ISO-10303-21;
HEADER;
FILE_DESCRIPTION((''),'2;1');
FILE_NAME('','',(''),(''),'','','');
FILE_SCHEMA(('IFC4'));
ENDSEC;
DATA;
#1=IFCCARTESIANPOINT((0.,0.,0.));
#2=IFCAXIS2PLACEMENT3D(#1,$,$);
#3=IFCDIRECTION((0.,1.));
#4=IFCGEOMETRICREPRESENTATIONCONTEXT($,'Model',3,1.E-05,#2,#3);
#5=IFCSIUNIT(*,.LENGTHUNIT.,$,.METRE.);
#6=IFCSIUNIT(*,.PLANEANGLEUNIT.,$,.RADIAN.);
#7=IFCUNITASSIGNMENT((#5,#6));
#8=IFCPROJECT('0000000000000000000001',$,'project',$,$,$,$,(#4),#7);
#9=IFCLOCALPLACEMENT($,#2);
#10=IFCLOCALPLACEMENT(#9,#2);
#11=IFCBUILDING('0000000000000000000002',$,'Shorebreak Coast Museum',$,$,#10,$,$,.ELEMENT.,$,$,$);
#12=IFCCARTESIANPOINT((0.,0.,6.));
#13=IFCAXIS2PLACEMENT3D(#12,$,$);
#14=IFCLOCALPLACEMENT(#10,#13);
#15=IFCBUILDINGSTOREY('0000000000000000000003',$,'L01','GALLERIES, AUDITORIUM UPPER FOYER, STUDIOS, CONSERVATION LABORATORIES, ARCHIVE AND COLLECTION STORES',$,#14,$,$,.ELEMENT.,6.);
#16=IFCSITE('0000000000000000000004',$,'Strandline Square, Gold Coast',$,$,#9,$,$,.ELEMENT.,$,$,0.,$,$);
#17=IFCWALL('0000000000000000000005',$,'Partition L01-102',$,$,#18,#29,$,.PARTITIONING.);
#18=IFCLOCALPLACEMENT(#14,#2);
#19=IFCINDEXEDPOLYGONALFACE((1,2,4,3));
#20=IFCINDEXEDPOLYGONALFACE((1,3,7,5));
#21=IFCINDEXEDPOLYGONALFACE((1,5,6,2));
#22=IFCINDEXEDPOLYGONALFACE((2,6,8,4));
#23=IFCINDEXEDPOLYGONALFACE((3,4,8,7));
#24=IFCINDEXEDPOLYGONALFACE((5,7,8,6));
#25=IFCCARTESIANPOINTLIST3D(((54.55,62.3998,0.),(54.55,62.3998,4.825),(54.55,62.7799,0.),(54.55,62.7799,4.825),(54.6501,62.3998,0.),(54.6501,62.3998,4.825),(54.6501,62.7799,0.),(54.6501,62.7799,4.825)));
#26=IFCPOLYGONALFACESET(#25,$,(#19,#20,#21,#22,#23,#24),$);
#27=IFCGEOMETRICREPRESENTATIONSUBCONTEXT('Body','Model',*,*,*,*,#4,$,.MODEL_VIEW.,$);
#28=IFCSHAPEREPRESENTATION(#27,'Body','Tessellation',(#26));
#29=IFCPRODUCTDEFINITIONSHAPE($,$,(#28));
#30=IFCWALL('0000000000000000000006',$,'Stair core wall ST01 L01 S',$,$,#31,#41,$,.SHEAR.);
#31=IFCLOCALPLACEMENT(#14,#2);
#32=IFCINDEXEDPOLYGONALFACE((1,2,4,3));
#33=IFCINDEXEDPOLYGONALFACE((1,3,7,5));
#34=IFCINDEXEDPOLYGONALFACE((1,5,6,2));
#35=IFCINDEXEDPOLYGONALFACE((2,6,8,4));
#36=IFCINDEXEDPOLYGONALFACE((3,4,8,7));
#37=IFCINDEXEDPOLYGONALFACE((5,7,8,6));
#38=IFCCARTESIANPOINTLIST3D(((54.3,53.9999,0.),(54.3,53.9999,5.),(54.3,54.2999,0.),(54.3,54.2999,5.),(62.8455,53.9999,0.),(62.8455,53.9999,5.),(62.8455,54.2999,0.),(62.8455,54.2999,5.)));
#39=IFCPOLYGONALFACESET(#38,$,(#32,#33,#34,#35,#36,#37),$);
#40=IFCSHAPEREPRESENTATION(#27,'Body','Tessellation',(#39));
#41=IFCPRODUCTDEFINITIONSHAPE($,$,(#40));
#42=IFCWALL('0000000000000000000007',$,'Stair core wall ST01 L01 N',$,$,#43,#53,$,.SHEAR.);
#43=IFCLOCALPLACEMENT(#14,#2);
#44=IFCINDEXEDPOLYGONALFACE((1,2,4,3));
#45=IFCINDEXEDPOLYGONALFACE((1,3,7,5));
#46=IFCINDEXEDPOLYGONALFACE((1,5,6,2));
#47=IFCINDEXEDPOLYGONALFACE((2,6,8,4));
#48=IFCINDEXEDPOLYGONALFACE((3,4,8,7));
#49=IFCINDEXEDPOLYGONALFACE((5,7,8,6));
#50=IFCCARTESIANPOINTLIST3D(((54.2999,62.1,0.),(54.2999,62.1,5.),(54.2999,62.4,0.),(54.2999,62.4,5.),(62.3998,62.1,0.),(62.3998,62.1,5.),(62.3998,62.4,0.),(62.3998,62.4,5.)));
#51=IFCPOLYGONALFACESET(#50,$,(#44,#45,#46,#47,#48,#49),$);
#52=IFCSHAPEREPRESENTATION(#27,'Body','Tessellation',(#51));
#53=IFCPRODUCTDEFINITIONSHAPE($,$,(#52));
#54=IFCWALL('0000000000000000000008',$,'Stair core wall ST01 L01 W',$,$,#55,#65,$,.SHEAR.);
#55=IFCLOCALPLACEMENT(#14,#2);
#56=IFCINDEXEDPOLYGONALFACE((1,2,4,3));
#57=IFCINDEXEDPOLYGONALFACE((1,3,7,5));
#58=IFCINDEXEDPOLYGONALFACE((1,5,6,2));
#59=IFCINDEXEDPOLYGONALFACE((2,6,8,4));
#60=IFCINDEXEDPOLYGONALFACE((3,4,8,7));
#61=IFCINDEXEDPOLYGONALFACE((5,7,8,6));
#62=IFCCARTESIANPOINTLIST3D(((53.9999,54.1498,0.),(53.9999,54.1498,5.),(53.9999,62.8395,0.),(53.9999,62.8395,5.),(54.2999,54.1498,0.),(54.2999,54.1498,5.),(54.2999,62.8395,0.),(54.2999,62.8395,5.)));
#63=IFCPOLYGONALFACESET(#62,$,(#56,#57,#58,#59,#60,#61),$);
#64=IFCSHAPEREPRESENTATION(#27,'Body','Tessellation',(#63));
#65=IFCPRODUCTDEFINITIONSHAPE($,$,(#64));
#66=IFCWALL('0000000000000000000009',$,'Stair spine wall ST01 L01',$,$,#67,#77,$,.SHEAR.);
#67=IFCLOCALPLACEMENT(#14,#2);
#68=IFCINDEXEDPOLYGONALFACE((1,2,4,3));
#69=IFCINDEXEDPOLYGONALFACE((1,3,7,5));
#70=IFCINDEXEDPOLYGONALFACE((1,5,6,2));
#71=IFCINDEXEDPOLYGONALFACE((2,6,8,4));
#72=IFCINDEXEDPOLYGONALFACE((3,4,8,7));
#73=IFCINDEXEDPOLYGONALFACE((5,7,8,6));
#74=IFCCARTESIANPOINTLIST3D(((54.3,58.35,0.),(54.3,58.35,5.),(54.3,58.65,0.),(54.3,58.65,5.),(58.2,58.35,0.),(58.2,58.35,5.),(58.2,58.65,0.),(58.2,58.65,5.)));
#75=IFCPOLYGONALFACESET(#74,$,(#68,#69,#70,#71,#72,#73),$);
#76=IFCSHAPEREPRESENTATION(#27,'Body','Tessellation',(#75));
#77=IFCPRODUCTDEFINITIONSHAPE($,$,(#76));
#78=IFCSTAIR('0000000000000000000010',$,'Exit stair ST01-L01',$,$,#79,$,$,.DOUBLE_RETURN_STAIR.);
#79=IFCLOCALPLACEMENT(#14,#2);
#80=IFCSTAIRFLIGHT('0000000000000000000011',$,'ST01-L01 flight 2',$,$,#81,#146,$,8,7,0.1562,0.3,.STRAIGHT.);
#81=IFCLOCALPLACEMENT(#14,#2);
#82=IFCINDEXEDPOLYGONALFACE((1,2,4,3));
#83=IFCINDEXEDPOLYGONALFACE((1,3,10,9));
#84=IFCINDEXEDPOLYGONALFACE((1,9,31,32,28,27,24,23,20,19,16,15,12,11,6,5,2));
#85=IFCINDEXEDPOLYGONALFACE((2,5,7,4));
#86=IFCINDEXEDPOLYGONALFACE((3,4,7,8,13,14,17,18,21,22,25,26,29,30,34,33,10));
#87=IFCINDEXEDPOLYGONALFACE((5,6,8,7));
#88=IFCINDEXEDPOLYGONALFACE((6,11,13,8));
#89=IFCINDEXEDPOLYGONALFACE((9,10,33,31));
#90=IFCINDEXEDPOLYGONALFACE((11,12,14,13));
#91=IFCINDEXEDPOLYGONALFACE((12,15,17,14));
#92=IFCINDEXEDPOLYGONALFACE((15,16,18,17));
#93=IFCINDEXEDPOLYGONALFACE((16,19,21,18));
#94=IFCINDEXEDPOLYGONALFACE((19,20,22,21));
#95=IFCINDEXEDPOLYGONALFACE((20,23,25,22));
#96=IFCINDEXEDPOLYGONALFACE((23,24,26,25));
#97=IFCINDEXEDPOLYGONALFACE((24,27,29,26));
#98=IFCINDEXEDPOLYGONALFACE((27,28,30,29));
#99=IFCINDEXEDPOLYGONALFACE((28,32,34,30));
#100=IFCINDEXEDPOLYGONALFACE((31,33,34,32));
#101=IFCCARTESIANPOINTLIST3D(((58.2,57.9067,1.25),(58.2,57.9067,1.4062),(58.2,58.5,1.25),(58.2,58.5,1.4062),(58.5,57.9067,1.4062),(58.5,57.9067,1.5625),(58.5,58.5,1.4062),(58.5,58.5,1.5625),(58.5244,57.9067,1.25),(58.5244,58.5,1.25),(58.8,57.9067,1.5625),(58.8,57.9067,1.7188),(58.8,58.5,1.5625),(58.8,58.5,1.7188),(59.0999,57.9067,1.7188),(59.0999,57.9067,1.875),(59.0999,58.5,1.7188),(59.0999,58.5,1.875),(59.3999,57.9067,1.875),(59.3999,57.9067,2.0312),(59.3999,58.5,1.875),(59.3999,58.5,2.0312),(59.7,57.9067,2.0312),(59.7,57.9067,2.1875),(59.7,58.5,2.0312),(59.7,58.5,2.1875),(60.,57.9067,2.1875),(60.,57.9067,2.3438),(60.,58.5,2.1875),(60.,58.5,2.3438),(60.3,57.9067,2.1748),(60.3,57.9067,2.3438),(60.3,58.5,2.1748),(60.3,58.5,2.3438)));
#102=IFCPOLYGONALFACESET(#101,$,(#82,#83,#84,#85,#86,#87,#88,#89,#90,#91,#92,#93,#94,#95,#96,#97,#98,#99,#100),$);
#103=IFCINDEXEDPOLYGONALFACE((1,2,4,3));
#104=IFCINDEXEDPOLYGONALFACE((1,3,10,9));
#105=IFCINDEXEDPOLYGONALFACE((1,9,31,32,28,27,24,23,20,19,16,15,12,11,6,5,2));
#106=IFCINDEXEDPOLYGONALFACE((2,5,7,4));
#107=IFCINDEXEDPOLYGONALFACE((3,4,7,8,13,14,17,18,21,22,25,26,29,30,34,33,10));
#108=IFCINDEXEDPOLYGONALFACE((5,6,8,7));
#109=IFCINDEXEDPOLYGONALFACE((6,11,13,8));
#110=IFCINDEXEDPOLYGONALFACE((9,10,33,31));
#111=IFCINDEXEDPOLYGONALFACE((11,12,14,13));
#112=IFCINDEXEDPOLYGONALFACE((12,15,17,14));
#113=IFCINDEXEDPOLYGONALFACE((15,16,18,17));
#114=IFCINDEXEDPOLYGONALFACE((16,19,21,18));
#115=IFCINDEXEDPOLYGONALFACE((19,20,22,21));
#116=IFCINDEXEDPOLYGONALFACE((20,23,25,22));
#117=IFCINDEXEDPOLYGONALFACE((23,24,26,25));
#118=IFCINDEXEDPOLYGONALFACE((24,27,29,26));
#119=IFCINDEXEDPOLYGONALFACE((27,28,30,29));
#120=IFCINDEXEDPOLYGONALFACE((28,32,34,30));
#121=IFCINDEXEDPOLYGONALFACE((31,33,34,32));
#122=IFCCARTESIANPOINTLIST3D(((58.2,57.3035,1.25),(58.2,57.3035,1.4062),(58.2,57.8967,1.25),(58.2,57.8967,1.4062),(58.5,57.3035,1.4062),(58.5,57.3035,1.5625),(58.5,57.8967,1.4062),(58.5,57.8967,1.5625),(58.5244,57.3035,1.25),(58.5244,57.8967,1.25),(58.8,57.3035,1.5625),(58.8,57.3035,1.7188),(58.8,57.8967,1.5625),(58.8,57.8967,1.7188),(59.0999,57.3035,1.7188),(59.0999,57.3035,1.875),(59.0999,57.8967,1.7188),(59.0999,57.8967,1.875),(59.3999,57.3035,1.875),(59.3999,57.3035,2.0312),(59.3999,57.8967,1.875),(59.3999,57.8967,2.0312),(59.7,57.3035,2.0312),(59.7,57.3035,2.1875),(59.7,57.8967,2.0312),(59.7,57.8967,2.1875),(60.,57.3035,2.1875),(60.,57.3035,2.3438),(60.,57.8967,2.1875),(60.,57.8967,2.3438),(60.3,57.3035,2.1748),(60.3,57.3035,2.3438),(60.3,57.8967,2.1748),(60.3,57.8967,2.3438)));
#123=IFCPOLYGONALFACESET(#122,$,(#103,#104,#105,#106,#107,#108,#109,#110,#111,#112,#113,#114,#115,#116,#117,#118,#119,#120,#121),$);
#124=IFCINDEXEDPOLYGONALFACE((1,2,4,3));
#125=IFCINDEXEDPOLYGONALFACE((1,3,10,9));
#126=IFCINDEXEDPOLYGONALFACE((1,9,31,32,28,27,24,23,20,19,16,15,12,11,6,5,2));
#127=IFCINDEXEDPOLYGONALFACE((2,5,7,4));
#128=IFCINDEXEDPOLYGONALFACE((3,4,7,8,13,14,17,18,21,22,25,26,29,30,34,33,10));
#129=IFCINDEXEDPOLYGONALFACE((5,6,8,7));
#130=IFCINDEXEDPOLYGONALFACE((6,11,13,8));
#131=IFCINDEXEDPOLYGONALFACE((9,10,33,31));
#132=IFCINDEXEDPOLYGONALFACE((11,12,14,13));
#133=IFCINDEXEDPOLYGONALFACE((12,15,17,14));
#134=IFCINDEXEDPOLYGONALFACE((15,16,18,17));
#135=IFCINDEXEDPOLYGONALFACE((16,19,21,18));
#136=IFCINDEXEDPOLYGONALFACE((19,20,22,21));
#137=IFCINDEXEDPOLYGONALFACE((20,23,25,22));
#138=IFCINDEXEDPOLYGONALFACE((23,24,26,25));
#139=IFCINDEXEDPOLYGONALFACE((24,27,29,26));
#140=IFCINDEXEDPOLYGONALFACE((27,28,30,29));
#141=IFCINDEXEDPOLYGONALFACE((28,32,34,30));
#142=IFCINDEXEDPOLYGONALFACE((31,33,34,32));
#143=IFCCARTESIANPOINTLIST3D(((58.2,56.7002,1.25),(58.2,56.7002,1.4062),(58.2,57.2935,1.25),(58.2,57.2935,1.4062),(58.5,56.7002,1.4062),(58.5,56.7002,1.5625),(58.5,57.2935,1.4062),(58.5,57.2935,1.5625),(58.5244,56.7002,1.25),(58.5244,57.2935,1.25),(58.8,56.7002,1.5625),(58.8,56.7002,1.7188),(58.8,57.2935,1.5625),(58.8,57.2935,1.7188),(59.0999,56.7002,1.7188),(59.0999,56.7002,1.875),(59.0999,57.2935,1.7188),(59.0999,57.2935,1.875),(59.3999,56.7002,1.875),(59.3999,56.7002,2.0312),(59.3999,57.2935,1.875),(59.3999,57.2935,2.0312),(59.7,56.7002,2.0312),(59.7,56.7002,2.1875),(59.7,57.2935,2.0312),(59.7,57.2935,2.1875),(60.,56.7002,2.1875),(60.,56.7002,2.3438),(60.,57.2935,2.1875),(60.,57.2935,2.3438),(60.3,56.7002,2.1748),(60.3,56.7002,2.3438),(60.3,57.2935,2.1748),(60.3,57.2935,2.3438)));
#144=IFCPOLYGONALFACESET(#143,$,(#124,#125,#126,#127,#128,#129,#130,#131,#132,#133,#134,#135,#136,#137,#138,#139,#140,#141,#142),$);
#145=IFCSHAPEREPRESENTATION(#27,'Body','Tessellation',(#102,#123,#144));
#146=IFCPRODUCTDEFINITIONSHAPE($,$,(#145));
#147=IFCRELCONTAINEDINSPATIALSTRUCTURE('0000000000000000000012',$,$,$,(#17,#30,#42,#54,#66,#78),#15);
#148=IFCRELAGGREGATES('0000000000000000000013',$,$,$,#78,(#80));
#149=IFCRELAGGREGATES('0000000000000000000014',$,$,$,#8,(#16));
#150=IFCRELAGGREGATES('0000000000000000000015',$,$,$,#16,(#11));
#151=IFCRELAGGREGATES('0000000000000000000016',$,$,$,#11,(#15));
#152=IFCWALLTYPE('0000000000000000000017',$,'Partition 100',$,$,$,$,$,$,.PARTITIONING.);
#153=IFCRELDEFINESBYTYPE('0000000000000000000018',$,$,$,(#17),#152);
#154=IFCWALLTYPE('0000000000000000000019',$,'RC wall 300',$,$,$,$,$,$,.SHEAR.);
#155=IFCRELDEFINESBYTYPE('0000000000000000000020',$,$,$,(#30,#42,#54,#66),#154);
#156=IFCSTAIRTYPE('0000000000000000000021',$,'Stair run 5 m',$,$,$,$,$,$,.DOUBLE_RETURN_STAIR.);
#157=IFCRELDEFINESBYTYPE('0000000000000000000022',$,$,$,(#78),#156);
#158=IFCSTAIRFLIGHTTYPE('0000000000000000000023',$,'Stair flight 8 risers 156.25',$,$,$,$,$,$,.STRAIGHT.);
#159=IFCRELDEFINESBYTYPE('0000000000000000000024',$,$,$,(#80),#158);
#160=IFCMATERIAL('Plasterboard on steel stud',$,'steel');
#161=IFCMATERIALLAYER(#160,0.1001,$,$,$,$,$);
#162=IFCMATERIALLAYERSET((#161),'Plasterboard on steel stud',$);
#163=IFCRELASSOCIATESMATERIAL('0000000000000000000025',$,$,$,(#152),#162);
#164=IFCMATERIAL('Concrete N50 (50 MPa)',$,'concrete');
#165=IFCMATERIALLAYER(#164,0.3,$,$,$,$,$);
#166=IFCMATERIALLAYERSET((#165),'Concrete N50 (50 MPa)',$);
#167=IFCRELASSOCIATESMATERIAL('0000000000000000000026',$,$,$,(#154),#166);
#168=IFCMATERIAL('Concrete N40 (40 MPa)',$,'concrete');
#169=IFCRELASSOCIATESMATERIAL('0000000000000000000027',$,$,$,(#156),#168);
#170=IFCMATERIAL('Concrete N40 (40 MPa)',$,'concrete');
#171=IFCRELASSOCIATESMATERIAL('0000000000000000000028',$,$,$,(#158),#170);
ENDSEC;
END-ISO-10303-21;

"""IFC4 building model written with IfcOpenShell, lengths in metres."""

from ifc_helpers import new_model, si_unit, direction, frame, frame_2d, origin, place, context, subcontext, project, spatial, polyline, rectangle, outline, extrude, material, layer, layer_set, type_object, element, aggregate, save


model = new_model("IFC4")

# Units and contexts
model_context = context("Model", 3, precision=1e-05, world=origin(), true_north=direction((0.0, 1.0)))
body_context = subcontext(model_context, "Body", "Model", "MODEL_VIEW")
ifc_project = project(units=[si_unit("LENGTHUNIT", "METRE"), si_unit("PLANEANGLEUNIT", "RADIAN")], contexts=[model_context])

# Site, building, storey
site_placement = place(None, origin())
site = spatial("IfcSite", under=ifc_project, at=site_placement, Name="Strandline Square, Gold Coast", CompositionType="ELEMENT", RefElevation=0.0)
building_placement = place(site_placement, origin())
building = spatial("IfcBuilding", under=site, at=building_placement, Name="Shorebreak Coast Museum", CompositionType="ELEMENT")
storey_placement = place(building_placement, frame((0.0, 0.0, 6.0)))
storey = spatial("IfcBuildingStorey", under=building, at=storey_placement, Name="L01", Description="GALLERIES, AUDITORIUM UPPER FOYER, STUDIOS, CONSERVATION LABORATORIES, ARCHIVE AND COLLECTION STORES", CompositionType="ELEMENT", Elevation=6.0)

# Walls
ifc_material_1 = material(Name="Plasterboard on steel stud", Category="steel")
ifc_layer_1 = layer(ifc_material_1, 0.1001)
ifc_layer_set_1 = layer_set([ifc_layer_1], Name="Plasterboard on steel stud")
wall_type_1 = type_object("IfcWallType", Name="Partition 100", PredefinedType="PARTITIONING", material=ifc_layer_set_1)
wall_1_placement = place(storey_placement, frame((54.6001, 62.3999, 0.0), z_axis=(0.0, 0.0, 1.0), x_axis=(0.0, 1.0, 0.0)))
element("IfcWall", 1, at=wall_1_placement, inside=storey, type_object=wall_type_1, Name="Partition L01-102", PredefinedType="PARTITIONING", context=body_context, shape_type="SweptSolid", body=[
    extrude(rectangle(XDim=0.3801, YDim=0.1001, at=frame_2d((0.1899, 0.0))), origin(), (0.0, 0.0, 1.0), 4.825),
])
ifc_material_2 = material(Name="Concrete N50 (50 MPa)", Category="concrete")
ifc_layer_2 = layer(ifc_material_2, 0.3)
ifc_layer_set_2 = layer_set([ifc_layer_2], Name="Concrete N50 (50 MPa)")
wall_type_2 = type_object("IfcWallType", Name="RC wall 300", PredefinedType="SHEAR", material=ifc_layer_set_2)
wall_2_placement = place(storey_placement, frame((54.3, 54.1499, 0.0), z_axis=(0.0, 0.0, 1.0), x_axis=(1.0, 0.0, 0.0)))
element("IfcWall", 2, at=wall_2_placement, inside=storey, type_object=wall_type_2, Name="Stair core wall ST01 L01 S", PredefinedType="SHEAR", context=body_context, shape_type="SweptSolid", body=[
    extrude(rectangle(XDim=8.5454, YDim=0.3, at=frame_2d((4.2727, 0.0))), origin(), (0.0, 0.0, 1.0), 5.0),
])
wall_3_placement = place(storey_placement, frame((54.3, 62.25, 0.0), z_axis=(0.0, 0.0, 1.0), x_axis=(1.0, 0.0, 0.0)))
element("IfcWall", 3, at=wall_3_placement, inside=storey, type_object=wall_type_2, Name="Stair core wall ST01 L01 N", PredefinedType="SHEAR", context=body_context, shape_type="SweptSolid", body=[
    extrude(rectangle(XDim=8.0999, YDim=0.3, at=frame_2d((4.0498, 0.0))), origin(), (0.0, 0.0, 1.0), 5.0),
])
wall_4_placement = place(storey_placement, frame((54.1499, 54.1499, 0.0), z_axis=(0.0, 0.0, 1.0), x_axis=(0.0, 1.0, 0.0)))
element("IfcWall", 4, at=wall_4_placement, inside=storey, type_object=wall_type_2, Name="Stair core wall ST01 L01 W", PredefinedType="SHEAR", context=body_context, shape_type="SweptSolid", body=[
    extrude(rectangle(XDim=8.6897, YDim=0.3, at=frame_2d((4.3447, 0.0))), origin(), (0.0, 0.0, 1.0), 5.0),
])
wall_5_placement = place(storey_placement, frame((58.2, 58.5, 0.0), z_axis=(0.0, 0.0, 1.0), x_axis=(-1.0, 0.0, 0.0)))
element("IfcWall", 5, at=wall_5_placement, inside=storey, type_object=wall_type_2, Name="Stair spine wall ST01 L01", PredefinedType="SHEAR", context=body_context, shape_type="SweptSolid", body=[
    extrude(rectangle(XDim=3.8999, YDim=0.3, at=frame_2d((1.95, 0.0))), origin(), (0.0, 0.0, 1.0), 5.0),
])

# Stair, stair flight
ifc_material_3 = material(Name="Concrete N40 (40 MPa)", Category="concrete")
stair_type = type_object("IfcStairType", Name="Stair run 5 m", PredefinedType="DOUBLE_RETURN_STAIR", material=ifc_material_3)
stair_placement = place(storey_placement, origin())
stair = element("IfcStair", 6, at=stair_placement, inside=storey, type_object=stair_type, Name="Exit stair ST01-L01", PredefinedType="DOUBLE_RETURN_STAIR")
ifc_material_4 = material(Name="Concrete N40 (40 MPa)", Category="concrete")
stair_flight_type = type_object("IfcStairFlightType", Name="Stair flight 8 risers 156.25", PredefinedType="STRAIGHT", material=ifc_material_4)
stair_flight_placement = place(storey_placement, frame((58.2, 57.6001, 1.25), z_axis=(0.0, 0.0, 1.0), x_axis=(1.0, 0.0, 0.0)))
stair_flight = element("IfcStairFlight", 7, at=stair_flight_placement, type_object=stair_flight_type, Name="ST01-L01 flight 2", NumberOfRisers=8, NumberOfTreads=7, PredefinedType="STRAIGHT", RiserHeight=0.1562, TreadLength=0.3, context=body_context, shape_type="SweptSolid", body=[
    extrude(outline(polyline([(0.0, 0.0), (0.0, 0.1562), (0.3, 0.1562), (0.3, 0.3125), (0.6001, 0.3125), (0.6001, 0.4688), (0.8999, 0.4688), (0.8999, 0.625), (1.2, 0.625), (1.2, 0.7812), (1.5, 0.7812), (1.5, 0.9375), (1.8, 0.9375), (1.8, 1.0938), (2.1001, 1.0938), (2.1001, 1.25), (2.1001, 0.9248), (0.3245, 0.0), (0.0, 0.0)])), frame((0.0, 0.8999, 0.0), z_axis=(0.0, -1.0, 0.0), x_axis=(1.0, 0.0, 0.0)), (0.0, 0.0, 1.0), 0.5933),
    extrude(outline(polyline([(0.0, 0.0), (0.0, 0.1562), (0.3, 0.1562), (0.3, 0.3125), (0.6001, 0.3125), (0.6001, 0.4688), (0.8999, 0.4688), (0.8999, 0.625), (1.2, 0.625), (1.2, 0.7812), (1.5, 0.7812), (1.5, 0.9375), (1.8, 0.9375), (1.8, 1.0938), (2.1001, 1.0938), (2.1001, 1.25), (2.1001, 0.9248), (0.3245, 0.0), (0.0, 0.0)])), frame((0.0, 0.2966, 0.0), z_axis=(0.0, -1.0, 0.0), x_axis=(1.0, 0.0, 0.0)), (0.0, 0.0, 1.0), 0.5933),
    extrude(outline(polyline([(0.0, 0.0), (0.0, 0.1562), (0.3, 0.1562), (0.3, 0.3125), (0.6001, 0.3125), (0.6001, 0.4688), (0.8999, 0.4688), (0.8999, 0.625), (1.2, 0.625), (1.2, 0.7812), (1.5, 0.7812), (1.5, 0.9375), (1.8, 0.9375), (1.8, 1.0938), (2.1001, 1.0938), (2.1001, 1.25), (2.1001, 0.9248), (0.3245, 0.0), (0.0, 0.0)])), frame((0.0, -0.3066, 0.0), z_axis=(0.0, -1.0, 0.0), x_axis=(1.0, 0.0, 0.0)), (0.0, 0.0, 1.0), 0.5933),
])
aggregate(stair, [stair_flight])

save(model, "model.ifc")
